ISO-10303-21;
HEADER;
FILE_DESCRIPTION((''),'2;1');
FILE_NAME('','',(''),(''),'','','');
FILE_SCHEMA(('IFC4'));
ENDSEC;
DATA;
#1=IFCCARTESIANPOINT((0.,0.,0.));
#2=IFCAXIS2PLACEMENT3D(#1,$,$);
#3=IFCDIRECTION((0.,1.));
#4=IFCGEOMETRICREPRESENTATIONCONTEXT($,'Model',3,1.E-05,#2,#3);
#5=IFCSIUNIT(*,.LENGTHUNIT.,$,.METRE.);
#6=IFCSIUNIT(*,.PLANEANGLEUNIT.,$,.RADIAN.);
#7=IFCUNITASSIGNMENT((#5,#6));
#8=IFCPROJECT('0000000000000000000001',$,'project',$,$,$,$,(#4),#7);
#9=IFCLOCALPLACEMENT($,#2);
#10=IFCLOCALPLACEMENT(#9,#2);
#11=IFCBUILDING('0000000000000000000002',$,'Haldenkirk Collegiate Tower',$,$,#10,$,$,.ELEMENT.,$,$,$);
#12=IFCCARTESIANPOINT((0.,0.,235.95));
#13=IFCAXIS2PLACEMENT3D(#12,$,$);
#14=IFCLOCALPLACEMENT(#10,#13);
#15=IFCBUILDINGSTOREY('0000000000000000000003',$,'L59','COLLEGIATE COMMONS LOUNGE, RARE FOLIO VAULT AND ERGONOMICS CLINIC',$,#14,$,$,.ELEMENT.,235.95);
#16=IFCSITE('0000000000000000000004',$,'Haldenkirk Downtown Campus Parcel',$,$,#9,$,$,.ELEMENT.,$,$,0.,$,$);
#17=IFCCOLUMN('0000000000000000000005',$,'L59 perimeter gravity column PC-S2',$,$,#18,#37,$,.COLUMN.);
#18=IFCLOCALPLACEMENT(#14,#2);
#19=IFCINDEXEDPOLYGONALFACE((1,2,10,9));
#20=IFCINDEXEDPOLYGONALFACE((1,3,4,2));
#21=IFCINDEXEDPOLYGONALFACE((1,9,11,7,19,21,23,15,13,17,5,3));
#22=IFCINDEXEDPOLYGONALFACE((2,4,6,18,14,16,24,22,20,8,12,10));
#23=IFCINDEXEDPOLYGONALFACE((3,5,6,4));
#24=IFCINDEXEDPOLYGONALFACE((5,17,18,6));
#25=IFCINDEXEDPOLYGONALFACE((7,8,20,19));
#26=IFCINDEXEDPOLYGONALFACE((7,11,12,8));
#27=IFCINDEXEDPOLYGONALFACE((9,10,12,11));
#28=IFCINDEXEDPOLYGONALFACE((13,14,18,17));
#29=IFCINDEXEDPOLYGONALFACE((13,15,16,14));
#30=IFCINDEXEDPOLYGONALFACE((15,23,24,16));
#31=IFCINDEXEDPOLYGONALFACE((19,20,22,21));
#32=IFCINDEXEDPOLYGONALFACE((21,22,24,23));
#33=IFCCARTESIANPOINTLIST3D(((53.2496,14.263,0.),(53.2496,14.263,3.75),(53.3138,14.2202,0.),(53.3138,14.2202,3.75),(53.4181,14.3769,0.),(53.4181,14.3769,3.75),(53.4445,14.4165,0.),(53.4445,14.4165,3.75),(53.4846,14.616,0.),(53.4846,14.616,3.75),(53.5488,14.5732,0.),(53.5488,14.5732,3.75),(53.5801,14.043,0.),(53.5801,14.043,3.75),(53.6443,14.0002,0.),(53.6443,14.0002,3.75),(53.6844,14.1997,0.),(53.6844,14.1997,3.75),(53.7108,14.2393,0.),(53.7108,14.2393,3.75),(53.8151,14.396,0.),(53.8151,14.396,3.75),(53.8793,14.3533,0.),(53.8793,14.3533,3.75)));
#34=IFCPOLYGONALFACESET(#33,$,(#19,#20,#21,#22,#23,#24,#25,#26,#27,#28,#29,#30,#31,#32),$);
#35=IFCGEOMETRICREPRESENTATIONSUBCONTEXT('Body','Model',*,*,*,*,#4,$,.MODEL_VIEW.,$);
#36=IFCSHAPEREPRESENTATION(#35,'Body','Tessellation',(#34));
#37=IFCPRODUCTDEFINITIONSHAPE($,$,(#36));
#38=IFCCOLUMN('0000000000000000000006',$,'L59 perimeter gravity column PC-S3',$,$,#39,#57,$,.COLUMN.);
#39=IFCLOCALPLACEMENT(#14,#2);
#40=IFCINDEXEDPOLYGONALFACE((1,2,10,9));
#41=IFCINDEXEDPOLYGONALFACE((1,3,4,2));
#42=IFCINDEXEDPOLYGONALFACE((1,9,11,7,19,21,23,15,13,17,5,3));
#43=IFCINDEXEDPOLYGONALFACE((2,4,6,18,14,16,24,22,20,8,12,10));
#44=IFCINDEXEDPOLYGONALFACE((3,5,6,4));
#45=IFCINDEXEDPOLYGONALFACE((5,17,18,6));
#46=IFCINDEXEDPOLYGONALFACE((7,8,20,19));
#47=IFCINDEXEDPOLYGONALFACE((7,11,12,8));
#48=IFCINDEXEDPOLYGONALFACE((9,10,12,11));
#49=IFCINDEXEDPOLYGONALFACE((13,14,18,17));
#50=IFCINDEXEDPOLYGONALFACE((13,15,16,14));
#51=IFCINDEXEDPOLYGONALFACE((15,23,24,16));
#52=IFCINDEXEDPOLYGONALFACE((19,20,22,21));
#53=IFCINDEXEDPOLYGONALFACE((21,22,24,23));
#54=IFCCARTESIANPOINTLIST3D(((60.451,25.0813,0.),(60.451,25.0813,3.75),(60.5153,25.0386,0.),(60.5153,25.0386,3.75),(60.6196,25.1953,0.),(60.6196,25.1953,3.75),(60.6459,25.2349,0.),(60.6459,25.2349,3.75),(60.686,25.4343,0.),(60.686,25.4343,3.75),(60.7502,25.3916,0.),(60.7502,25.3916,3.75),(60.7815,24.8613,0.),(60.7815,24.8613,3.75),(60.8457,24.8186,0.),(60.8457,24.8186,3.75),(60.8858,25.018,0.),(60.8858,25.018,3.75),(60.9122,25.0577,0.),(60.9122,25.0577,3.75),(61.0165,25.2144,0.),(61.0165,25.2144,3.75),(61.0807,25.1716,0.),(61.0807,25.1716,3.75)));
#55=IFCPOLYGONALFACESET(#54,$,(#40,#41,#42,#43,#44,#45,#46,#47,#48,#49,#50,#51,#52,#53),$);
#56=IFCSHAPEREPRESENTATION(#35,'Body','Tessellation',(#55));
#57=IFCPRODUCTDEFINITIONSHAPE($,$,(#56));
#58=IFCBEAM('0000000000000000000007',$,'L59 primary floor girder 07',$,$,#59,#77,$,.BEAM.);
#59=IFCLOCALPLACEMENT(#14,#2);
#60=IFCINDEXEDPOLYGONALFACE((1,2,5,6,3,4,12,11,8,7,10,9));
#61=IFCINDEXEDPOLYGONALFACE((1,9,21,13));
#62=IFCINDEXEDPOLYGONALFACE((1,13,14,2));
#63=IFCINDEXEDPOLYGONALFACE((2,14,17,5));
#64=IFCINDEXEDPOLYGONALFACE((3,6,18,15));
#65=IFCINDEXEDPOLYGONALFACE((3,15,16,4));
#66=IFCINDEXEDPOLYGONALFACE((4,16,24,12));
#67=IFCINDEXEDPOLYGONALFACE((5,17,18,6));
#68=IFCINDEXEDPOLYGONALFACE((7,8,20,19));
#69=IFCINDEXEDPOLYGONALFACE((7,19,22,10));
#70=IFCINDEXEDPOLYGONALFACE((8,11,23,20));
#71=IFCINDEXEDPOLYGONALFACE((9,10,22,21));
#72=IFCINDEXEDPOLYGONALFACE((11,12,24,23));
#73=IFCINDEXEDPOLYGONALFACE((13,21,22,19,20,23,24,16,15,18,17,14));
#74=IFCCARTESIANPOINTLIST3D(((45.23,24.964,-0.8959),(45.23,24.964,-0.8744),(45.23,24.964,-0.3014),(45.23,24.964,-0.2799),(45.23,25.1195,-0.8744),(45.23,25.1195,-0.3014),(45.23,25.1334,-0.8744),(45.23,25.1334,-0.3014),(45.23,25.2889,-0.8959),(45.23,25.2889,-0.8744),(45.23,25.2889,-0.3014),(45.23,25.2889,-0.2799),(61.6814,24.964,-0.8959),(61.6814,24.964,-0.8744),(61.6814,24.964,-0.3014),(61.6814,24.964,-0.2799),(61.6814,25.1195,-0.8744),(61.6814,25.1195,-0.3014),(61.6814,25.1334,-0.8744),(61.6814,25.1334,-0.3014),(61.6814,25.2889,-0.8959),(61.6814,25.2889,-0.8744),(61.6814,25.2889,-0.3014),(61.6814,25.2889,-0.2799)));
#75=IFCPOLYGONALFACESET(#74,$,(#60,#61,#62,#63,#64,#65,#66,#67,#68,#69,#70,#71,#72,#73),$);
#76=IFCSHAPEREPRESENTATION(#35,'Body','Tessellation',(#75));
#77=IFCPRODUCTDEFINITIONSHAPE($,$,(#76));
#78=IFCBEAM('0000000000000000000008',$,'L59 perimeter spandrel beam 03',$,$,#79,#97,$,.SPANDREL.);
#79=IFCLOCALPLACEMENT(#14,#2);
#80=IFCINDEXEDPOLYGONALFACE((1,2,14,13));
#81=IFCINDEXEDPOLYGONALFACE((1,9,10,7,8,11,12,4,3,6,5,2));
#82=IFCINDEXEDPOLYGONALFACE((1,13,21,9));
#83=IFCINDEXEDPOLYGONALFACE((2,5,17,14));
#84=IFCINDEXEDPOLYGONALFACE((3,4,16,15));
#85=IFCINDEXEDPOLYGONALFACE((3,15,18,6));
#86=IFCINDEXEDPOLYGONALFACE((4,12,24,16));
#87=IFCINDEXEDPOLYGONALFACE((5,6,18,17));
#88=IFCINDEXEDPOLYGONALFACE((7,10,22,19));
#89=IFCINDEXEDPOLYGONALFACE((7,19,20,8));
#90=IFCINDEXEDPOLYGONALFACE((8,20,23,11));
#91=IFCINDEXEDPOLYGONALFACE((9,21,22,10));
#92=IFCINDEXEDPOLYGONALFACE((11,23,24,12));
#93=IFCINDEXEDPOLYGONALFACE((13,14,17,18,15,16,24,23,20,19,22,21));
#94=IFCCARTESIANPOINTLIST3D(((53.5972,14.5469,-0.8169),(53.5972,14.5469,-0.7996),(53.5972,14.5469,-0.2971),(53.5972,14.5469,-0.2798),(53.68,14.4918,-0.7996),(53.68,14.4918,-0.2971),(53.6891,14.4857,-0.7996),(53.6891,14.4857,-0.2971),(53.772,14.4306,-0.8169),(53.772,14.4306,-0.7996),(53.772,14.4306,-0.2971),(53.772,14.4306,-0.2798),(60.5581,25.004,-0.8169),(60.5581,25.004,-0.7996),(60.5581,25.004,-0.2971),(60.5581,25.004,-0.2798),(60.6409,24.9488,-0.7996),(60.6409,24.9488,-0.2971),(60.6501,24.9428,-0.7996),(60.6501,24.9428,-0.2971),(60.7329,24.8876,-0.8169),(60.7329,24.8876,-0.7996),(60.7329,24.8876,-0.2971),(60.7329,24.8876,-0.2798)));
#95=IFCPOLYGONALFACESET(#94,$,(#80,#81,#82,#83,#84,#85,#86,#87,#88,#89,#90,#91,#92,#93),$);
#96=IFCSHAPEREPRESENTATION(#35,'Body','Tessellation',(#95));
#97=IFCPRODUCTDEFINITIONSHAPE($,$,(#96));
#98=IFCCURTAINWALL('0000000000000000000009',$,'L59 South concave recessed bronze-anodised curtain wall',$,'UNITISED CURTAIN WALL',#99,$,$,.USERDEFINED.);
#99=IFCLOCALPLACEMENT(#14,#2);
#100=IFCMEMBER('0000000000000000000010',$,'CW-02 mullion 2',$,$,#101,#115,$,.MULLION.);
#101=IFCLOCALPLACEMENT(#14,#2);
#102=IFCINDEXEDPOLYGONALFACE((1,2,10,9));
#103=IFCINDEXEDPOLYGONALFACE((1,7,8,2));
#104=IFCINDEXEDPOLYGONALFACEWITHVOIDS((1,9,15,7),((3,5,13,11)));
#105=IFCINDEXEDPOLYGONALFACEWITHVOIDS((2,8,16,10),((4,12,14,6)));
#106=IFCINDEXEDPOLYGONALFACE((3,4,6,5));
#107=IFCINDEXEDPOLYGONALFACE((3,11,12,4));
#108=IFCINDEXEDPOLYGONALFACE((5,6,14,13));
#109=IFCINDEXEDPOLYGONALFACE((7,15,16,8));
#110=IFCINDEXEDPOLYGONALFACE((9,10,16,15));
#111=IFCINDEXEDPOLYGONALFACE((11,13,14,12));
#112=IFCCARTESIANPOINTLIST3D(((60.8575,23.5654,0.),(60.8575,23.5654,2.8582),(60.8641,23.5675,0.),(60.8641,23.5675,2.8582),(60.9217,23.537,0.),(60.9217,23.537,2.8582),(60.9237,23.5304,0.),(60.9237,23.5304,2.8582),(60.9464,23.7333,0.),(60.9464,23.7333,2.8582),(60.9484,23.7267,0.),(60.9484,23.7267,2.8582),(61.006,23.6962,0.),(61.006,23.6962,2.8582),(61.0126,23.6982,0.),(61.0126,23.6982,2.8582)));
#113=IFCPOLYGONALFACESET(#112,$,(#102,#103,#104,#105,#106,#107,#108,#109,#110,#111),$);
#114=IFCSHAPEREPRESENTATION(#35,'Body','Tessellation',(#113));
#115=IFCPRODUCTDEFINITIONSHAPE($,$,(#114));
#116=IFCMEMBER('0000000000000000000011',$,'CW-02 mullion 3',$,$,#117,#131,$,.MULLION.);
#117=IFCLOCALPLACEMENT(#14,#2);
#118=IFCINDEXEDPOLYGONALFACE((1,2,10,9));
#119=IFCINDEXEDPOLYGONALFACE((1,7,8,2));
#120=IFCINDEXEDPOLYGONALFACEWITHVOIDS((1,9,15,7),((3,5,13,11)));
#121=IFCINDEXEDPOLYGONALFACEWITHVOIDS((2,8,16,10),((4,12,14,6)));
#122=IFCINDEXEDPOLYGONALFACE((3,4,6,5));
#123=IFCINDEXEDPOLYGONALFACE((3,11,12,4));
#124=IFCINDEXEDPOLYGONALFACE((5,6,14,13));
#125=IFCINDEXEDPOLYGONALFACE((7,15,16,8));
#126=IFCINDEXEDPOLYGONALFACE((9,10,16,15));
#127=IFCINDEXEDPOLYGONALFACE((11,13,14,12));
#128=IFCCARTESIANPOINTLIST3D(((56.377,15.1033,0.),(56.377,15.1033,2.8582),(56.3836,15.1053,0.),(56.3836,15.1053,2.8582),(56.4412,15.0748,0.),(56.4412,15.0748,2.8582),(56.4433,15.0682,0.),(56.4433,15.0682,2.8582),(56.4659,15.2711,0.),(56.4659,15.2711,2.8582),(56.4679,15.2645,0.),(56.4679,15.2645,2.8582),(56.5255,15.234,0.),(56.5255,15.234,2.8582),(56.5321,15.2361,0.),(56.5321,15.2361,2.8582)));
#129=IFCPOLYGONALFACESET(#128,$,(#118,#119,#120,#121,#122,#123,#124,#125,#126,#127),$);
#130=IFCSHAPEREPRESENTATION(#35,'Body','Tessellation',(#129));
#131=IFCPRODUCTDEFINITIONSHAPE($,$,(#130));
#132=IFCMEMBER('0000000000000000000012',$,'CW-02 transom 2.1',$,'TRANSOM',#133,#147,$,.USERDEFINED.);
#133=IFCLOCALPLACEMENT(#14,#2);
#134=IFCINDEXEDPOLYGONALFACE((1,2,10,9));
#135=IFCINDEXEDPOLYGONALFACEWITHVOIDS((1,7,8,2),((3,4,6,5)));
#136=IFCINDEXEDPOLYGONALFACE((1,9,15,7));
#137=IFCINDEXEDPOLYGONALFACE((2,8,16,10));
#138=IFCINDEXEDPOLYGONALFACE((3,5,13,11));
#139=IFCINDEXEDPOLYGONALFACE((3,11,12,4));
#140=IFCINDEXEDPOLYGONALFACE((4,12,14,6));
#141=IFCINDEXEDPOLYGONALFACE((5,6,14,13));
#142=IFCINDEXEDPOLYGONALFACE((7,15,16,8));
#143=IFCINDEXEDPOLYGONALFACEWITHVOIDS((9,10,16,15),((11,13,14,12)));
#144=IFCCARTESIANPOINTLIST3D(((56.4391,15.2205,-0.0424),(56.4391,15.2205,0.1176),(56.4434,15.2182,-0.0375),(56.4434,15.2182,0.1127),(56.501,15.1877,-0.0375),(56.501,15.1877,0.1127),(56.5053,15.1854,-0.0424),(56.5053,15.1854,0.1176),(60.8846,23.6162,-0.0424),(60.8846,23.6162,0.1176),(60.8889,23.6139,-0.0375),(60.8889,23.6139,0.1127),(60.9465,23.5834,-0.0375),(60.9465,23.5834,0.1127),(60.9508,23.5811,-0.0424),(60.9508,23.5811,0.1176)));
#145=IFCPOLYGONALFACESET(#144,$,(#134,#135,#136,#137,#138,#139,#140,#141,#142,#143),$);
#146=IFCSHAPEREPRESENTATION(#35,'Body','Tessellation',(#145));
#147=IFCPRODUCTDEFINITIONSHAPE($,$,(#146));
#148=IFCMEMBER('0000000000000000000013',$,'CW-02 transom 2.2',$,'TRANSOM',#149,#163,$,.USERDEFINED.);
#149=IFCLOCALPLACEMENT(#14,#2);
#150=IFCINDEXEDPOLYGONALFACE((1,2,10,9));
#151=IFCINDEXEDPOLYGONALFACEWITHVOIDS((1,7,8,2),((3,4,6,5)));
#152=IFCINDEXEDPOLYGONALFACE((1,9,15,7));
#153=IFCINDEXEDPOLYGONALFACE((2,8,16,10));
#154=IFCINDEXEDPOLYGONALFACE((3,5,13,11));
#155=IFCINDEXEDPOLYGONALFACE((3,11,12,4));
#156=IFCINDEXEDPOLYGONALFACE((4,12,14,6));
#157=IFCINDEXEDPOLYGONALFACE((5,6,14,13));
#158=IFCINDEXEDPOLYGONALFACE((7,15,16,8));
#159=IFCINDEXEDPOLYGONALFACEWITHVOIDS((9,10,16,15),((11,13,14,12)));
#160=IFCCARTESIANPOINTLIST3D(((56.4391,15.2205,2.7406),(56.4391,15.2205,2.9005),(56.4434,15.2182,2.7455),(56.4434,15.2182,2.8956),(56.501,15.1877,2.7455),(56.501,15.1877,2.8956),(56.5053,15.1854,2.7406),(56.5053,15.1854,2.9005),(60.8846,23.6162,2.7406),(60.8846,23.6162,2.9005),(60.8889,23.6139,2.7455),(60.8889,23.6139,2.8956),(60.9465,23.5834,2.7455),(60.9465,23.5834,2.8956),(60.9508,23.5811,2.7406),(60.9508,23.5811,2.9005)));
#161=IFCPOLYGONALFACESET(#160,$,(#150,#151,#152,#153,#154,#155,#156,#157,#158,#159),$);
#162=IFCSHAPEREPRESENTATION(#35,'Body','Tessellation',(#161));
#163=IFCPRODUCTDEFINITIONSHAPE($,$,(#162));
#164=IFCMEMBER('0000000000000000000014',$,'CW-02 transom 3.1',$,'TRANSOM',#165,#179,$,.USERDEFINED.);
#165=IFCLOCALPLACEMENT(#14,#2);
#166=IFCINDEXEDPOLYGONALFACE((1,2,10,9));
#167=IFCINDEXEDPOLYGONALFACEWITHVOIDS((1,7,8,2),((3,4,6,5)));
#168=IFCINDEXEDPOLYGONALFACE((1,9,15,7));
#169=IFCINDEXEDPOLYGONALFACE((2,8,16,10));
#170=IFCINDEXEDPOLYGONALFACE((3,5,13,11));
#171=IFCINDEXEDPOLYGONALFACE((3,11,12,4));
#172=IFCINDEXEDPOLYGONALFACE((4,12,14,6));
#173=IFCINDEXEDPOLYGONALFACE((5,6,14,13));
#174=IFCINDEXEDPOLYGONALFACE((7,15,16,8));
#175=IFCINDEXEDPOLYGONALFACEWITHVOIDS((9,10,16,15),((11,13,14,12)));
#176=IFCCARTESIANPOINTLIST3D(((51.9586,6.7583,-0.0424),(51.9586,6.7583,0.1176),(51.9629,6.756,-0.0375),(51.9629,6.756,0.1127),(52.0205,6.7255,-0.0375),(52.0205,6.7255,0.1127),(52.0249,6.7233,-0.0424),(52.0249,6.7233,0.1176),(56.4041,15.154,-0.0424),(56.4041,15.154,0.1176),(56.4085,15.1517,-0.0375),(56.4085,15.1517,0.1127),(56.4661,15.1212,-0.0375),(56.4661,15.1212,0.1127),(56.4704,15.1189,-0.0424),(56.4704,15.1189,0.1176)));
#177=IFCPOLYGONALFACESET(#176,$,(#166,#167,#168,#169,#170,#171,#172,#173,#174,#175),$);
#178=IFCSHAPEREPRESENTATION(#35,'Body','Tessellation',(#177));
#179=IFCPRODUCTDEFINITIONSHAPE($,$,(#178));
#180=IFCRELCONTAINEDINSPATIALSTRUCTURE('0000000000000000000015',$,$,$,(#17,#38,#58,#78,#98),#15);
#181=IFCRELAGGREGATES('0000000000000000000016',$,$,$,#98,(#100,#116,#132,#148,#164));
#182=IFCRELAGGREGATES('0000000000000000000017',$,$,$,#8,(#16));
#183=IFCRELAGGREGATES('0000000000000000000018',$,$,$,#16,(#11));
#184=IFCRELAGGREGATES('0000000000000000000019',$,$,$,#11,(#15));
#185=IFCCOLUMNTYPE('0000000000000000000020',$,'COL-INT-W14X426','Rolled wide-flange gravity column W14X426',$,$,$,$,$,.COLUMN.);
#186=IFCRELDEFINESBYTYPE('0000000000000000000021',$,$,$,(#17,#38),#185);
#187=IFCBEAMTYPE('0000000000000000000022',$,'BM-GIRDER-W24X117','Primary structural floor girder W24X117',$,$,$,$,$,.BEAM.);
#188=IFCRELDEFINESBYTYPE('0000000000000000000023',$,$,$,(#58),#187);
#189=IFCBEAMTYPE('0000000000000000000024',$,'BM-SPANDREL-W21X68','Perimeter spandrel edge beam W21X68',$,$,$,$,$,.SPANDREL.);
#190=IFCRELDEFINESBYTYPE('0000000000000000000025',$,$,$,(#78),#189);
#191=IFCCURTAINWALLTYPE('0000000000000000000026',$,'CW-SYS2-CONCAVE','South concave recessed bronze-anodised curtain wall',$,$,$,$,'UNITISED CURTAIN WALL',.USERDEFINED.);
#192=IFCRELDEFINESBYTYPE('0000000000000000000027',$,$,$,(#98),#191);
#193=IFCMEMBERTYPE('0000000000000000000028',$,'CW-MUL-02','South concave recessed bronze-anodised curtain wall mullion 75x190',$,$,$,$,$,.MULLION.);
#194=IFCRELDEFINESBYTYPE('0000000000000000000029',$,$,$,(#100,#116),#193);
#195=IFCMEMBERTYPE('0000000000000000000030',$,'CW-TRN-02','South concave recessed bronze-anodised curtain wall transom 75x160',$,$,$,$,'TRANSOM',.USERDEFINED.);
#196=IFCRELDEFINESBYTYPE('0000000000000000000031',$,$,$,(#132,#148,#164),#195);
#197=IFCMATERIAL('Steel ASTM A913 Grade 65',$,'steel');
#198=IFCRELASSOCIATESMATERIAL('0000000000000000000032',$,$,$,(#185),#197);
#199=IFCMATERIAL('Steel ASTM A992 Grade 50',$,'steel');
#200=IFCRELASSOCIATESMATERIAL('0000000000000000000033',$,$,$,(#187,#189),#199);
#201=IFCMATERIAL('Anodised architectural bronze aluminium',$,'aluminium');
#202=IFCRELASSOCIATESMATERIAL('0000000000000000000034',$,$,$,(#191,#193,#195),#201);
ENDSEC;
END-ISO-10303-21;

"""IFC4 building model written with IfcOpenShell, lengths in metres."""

from ifc_helpers import new_model, si_unit, direction, frame, origin, origin_2d, place, context, subcontext, project, spatial, hollow_rectangle, i_section, extrude, material, material_profile, profile_set, type_object, element, aggregate, save


model = new_model("IFC4")

# Units and contexts
model_context = context("Model", 3, precision=1e-05, world=origin(), true_north=direction((0.0, 1.0)))
body_context = subcontext(model_context, "Body", "Model", "MODEL_VIEW")
ifc_project = project(units=[si_unit("LENGTHUNIT", "METRE"), si_unit("PLANEANGLEUNIT", "RADIAN")], contexts=[model_context])

# Site, building, storey
site_placement = place(None, origin())
site = spatial("IfcSite", under=ifc_project, at=site_placement, Name="Haldenkirk Downtown Campus Parcel", CompositionType="ELEMENT", RefElevation=0.0)
building_placement = place(site_placement, origin())
building = spatial("IfcBuilding", under=site, at=building_placement, Name="Haldenkirk Collegiate Tower", CompositionType="ELEMENT")
storey_placement = place(building_placement, frame((0.0, 0.0, 235.95)))
storey = spatial("IfcBuildingStorey", under=building, at=storey_placement, Name="L59", Description="COLLEGIATE COMMONS LOUNGE, RARE FOLIO VAULT AND ERGONOMICS CLINIC", CompositionType="ELEMENT", Elevation=235.95)

# Columns
ifc_material_1 = material(Name="Steel ASTM A913 Grade 65", Category="steel")
ifc_material_profile_1 = material_profile(ifc_material_1, i_section(OverallWidth=0.4241, OverallDepth=0.4741, WebThickness=0.0476, FlangeThickness=0.0771, at=origin_2d()), Name="W14X426")
ifc_profile_set_1 = profile_set([ifc_material_profile_1], Name="Steel ASTM A913 Grade 65")
column_type = type_object("IfcColumnType", Name="COL-INT-W14X426", Description="Rolled wide-flange gravity column W14X426", PredefinedType="COLUMN", material=ifc_profile_set_1)
for number, where, z_axis, x_axis, name in (
    (1, (53.5645, 14.3081, 0.0), (0.0, 0.0, 1.0), (0.554118, 0.832438, 0.0), "L59 perimeter gravity column PC-S2"),
    (2, (60.7659, 25.1265, 0.0), (0.0, 0.0, 1.0), (0.554118, 0.832438, 0.0), "L59 perimeter gravity column PC-S3"),
):
    element("IfcColumn", number, at=place(storey_placement, frame(where, z_axis=z_axis, x_axis=x_axis)), inside=storey, type_object=column_type, Name=name, PredefinedType="COLUMN", context=body_context, shape_type="SweptSolid", body=[
        extrude(i_section(OverallWidth=0.4241, OverallDepth=0.4741, WebThickness=0.0476, FlangeThickness=0.0771, at=origin_2d()), origin(), (0.0, 0.0, 1.0), 3.75),
    ])

# Beams
ifc_material_2 = material(Name="Steel ASTM A992 Grade 50", Category="steel")
ifc_material_profile_2 = material_profile(ifc_material_2, i_section(OverallWidth=0.325, OverallDepth=0.616, WebThickness=0.0139, FlangeThickness=0.0215, at=origin_2d()), Name="W24X117")
ifc_profile_set_2 = profile_set([ifc_material_profile_2], Name="Steel ASTM A992 Grade 50")
beam_type_1 = type_object("IfcBeamType", Name="BM-GIRDER-W24X117", Description="Primary structural floor girder W24X117", PredefinedType="BEAM", material=ifc_profile_set_2)
beam_1_placement = place(storey_placement, frame((61.6814, 25.1265, -0.5879), z_axis=(-1.0, 0.0, 0.0), x_axis=(0.0, -1.0, 0.0)))
element("IfcBeam", 3, at=beam_1_placement, inside=storey, type_object=beam_type_1, Name="L59 primary floor girder 07", PredefinedType="BEAM", context=body_context, shape_type="SweptSolid", body=[
    extrude(i_section(OverallWidth=0.325, OverallDepth=0.616, WebThickness=0.0139, FlangeThickness=0.0215, at=origin_2d()), origin(), (0.0, 0.0, 1.0), 16.4514),
])
ifc_material_profile_3 = material_profile(ifc_material_2, i_section(OverallWidth=0.21, OverallDepth=0.5371, WebThickness=0.011, FlangeThickness=0.0173, at=origin_2d()), Name="W21X68")
ifc_profile_set_3 = profile_set([ifc_material_profile_3], Name="Steel ASTM A992 Grade 50")
beam_type_2 = type_object("IfcBeamType", Name="BM-SPANDREL-W21X68", Description="Perimeter spandrel edge beam W21X68", PredefinedType="SPANDREL", material=ifc_profile_set_3)
beam_2_placement = place(storey_placement, frame((53.6846, 14.4888, -0.5483), z_axis=(0.554126, 0.832433, 0.0), x_axis=(-0.832433, 0.554126, 0.0)))
element("IfcBeam", 4, at=beam_2_placement, inside=storey, type_object=beam_type_2, Name="L59 perimeter spandrel beam 03", PredefinedType="SPANDREL", context=body_context, shape_type="SweptSolid", body=[
    extrude(i_section(OverallWidth=0.21, OverallDepth=0.5371, WebThickness=0.011, FlangeThickness=0.0173, at=origin_2d()), origin(), (0.0, 0.0, 1.0), 12.562),
])

# Curtain wall, members
ifc_material_3 = material(Name="Anodised architectural bronze aluminium", Category="aluminium")
curtain_wall_type = type_object("IfcCurtainWallType", Name="CW-SYS2-CONCAVE", Description="South concave recessed bronze-anodised curtain wall", ElementType="UNITISED CURTAIN WALL", PredefinedType="USERDEFINED", material=ifc_material_3)
curtain_wall_placement = place(storey_placement, origin())
curtain_wall = element("IfcCurtainWall", 5, at=curtain_wall_placement, inside=storey, type_object=curtain_wall_type, Name="L59 South concave recessed bronze-anodised curtain wall", ObjectType="UNITISED CURTAIN WALL", PredefinedType="USERDEFINED")
ifc_material_profile_4 = material_profile(ifc_material_3, hollow_rectangle(XDim=0.075, YDim=0.1899, WallThickness=0.0049, at=origin_2d()), Name="CW-MUL-02")
ifc_profile_set_4 = profile_set([ifc_material_profile_4], Name="Anodised architectural bronze aluminium")
member_type_1 = type_object("IfcMemberType", Name="CW-MUL-02", Description="South concave recessed bronze-anodised curtain wall mullion 75x190", PredefinedType="MULLION", material=ifc_profile_set_4)
member_1_placement = place(storey_placement, frame((60.9351, 23.6318, 0.0), z_axis=(0.0, 0.0, 1.0), x_axis=(0.883765, -0.467932, 0.0)))
member_1 = element("IfcMember", 6, at=member_1_placement, type_object=member_type_1, Name="CW-02 mullion 2", PredefinedType="MULLION", context=body_context, shape_type="SweptSolid", body=[
    extrude(hollow_rectangle(XDim=0.075, YDim=0.1899, WallThickness=0.0049, at=origin_2d()), origin(), (0.0, 0.0, 1.0), 2.8582),
])
member_2_placement = place(storey_placement, frame((56.4546, 15.1697, 0.0), z_axis=(0.0, 0.0, 1.0), x_axis=(0.883765, -0.467932, 0.0)))
member_2 = element("IfcMember", 7, at=member_2_placement, type_object=member_type_1, Name="CW-02 mullion 3", PredefinedType="MULLION", context=body_context, shape_type="SweptSolid", body=[
    extrude(hollow_rectangle(XDim=0.075, YDim=0.1899, WallThickness=0.0049, at=origin_2d()), origin(), (0.0, 0.0, 1.0), 2.8582),
])
ifc_material_profile_5 = material_profile(ifc_material_3, hollow_rectangle(XDim=0.075, YDim=0.1599, WallThickness=0.0049, at=origin_2d()), Name="CW-TRN-02")
ifc_profile_set_5 = profile_set([ifc_material_profile_5], Name="Anodised architectural bronze aluminium")
member_type_2 = type_object("IfcMemberType", Name="CW-TRN-02", Description="South concave recessed bronze-anodised curtain wall transom 75x160", ElementType="TRANSOM", PredefinedType="USERDEFINED", material=ifc_profile_set_5)
member_3_placement = place(storey_placement, frame((60.9177, 23.5986, 0.0376), z_axis=(-0.467949, -0.883755, 0.0), x_axis=(0.883755, -0.467949, 0.0)))
member_3 = element("IfcMember", 8, at=member_3_placement, type_object=member_type_2, Name="CW-02 transom 2.1", ObjectType="TRANSOM", PredefinedType="USERDEFINED", context=body_context, shape_type="SweptSolid", body=[
    extrude(hollow_rectangle(XDim=0.075, YDim=0.1599, WallThickness=0.0049, at=origin_2d()), origin(), (0.0, 0.0, 1.0), 9.5),
])
member_4_placement = place(storey_placement, frame((60.9177, 23.5986, 2.8206), z_axis=(-0.467949, -0.883755, 0.0), x_axis=(0.883755, -0.467949, 0.0)))
member_4 = element("IfcMember", 9, at=member_4_placement, type_object=member_type_2, Name="CW-02 transom 2.2", ObjectType="TRANSOM", PredefinedType="USERDEFINED", context=body_context, shape_type="SweptSolid", body=[
    extrude(hollow_rectangle(XDim=0.075, YDim=0.1599, WallThickness=0.0049, at=origin_2d()), origin(), (0.0, 0.0, 1.0), 9.5),
])
member_5_placement = place(storey_placement, frame((56.4373, 15.1365, 0.0376), z_axis=(-0.467949, -0.883755, 0.0), x_axis=(0.883755, -0.467949, 0.0)))
member_5 = element("IfcMember", 10, at=member_5_placement, type_object=member_type_2, Name="CW-02 transom 3.1", ObjectType="TRANSOM", PredefinedType="USERDEFINED", context=body_context, shape_type="SweptSolid", body=[
    extrude(hollow_rectangle(XDim=0.075, YDim=0.1599, WallThickness=0.0049, at=origin_2d()), origin(), (0.0, 0.0, 1.0), 9.5),
])

aggregate(curtain_wall, [member_1, member_2, member_3, member_4, member_5])

save(model, "model.ifc")
